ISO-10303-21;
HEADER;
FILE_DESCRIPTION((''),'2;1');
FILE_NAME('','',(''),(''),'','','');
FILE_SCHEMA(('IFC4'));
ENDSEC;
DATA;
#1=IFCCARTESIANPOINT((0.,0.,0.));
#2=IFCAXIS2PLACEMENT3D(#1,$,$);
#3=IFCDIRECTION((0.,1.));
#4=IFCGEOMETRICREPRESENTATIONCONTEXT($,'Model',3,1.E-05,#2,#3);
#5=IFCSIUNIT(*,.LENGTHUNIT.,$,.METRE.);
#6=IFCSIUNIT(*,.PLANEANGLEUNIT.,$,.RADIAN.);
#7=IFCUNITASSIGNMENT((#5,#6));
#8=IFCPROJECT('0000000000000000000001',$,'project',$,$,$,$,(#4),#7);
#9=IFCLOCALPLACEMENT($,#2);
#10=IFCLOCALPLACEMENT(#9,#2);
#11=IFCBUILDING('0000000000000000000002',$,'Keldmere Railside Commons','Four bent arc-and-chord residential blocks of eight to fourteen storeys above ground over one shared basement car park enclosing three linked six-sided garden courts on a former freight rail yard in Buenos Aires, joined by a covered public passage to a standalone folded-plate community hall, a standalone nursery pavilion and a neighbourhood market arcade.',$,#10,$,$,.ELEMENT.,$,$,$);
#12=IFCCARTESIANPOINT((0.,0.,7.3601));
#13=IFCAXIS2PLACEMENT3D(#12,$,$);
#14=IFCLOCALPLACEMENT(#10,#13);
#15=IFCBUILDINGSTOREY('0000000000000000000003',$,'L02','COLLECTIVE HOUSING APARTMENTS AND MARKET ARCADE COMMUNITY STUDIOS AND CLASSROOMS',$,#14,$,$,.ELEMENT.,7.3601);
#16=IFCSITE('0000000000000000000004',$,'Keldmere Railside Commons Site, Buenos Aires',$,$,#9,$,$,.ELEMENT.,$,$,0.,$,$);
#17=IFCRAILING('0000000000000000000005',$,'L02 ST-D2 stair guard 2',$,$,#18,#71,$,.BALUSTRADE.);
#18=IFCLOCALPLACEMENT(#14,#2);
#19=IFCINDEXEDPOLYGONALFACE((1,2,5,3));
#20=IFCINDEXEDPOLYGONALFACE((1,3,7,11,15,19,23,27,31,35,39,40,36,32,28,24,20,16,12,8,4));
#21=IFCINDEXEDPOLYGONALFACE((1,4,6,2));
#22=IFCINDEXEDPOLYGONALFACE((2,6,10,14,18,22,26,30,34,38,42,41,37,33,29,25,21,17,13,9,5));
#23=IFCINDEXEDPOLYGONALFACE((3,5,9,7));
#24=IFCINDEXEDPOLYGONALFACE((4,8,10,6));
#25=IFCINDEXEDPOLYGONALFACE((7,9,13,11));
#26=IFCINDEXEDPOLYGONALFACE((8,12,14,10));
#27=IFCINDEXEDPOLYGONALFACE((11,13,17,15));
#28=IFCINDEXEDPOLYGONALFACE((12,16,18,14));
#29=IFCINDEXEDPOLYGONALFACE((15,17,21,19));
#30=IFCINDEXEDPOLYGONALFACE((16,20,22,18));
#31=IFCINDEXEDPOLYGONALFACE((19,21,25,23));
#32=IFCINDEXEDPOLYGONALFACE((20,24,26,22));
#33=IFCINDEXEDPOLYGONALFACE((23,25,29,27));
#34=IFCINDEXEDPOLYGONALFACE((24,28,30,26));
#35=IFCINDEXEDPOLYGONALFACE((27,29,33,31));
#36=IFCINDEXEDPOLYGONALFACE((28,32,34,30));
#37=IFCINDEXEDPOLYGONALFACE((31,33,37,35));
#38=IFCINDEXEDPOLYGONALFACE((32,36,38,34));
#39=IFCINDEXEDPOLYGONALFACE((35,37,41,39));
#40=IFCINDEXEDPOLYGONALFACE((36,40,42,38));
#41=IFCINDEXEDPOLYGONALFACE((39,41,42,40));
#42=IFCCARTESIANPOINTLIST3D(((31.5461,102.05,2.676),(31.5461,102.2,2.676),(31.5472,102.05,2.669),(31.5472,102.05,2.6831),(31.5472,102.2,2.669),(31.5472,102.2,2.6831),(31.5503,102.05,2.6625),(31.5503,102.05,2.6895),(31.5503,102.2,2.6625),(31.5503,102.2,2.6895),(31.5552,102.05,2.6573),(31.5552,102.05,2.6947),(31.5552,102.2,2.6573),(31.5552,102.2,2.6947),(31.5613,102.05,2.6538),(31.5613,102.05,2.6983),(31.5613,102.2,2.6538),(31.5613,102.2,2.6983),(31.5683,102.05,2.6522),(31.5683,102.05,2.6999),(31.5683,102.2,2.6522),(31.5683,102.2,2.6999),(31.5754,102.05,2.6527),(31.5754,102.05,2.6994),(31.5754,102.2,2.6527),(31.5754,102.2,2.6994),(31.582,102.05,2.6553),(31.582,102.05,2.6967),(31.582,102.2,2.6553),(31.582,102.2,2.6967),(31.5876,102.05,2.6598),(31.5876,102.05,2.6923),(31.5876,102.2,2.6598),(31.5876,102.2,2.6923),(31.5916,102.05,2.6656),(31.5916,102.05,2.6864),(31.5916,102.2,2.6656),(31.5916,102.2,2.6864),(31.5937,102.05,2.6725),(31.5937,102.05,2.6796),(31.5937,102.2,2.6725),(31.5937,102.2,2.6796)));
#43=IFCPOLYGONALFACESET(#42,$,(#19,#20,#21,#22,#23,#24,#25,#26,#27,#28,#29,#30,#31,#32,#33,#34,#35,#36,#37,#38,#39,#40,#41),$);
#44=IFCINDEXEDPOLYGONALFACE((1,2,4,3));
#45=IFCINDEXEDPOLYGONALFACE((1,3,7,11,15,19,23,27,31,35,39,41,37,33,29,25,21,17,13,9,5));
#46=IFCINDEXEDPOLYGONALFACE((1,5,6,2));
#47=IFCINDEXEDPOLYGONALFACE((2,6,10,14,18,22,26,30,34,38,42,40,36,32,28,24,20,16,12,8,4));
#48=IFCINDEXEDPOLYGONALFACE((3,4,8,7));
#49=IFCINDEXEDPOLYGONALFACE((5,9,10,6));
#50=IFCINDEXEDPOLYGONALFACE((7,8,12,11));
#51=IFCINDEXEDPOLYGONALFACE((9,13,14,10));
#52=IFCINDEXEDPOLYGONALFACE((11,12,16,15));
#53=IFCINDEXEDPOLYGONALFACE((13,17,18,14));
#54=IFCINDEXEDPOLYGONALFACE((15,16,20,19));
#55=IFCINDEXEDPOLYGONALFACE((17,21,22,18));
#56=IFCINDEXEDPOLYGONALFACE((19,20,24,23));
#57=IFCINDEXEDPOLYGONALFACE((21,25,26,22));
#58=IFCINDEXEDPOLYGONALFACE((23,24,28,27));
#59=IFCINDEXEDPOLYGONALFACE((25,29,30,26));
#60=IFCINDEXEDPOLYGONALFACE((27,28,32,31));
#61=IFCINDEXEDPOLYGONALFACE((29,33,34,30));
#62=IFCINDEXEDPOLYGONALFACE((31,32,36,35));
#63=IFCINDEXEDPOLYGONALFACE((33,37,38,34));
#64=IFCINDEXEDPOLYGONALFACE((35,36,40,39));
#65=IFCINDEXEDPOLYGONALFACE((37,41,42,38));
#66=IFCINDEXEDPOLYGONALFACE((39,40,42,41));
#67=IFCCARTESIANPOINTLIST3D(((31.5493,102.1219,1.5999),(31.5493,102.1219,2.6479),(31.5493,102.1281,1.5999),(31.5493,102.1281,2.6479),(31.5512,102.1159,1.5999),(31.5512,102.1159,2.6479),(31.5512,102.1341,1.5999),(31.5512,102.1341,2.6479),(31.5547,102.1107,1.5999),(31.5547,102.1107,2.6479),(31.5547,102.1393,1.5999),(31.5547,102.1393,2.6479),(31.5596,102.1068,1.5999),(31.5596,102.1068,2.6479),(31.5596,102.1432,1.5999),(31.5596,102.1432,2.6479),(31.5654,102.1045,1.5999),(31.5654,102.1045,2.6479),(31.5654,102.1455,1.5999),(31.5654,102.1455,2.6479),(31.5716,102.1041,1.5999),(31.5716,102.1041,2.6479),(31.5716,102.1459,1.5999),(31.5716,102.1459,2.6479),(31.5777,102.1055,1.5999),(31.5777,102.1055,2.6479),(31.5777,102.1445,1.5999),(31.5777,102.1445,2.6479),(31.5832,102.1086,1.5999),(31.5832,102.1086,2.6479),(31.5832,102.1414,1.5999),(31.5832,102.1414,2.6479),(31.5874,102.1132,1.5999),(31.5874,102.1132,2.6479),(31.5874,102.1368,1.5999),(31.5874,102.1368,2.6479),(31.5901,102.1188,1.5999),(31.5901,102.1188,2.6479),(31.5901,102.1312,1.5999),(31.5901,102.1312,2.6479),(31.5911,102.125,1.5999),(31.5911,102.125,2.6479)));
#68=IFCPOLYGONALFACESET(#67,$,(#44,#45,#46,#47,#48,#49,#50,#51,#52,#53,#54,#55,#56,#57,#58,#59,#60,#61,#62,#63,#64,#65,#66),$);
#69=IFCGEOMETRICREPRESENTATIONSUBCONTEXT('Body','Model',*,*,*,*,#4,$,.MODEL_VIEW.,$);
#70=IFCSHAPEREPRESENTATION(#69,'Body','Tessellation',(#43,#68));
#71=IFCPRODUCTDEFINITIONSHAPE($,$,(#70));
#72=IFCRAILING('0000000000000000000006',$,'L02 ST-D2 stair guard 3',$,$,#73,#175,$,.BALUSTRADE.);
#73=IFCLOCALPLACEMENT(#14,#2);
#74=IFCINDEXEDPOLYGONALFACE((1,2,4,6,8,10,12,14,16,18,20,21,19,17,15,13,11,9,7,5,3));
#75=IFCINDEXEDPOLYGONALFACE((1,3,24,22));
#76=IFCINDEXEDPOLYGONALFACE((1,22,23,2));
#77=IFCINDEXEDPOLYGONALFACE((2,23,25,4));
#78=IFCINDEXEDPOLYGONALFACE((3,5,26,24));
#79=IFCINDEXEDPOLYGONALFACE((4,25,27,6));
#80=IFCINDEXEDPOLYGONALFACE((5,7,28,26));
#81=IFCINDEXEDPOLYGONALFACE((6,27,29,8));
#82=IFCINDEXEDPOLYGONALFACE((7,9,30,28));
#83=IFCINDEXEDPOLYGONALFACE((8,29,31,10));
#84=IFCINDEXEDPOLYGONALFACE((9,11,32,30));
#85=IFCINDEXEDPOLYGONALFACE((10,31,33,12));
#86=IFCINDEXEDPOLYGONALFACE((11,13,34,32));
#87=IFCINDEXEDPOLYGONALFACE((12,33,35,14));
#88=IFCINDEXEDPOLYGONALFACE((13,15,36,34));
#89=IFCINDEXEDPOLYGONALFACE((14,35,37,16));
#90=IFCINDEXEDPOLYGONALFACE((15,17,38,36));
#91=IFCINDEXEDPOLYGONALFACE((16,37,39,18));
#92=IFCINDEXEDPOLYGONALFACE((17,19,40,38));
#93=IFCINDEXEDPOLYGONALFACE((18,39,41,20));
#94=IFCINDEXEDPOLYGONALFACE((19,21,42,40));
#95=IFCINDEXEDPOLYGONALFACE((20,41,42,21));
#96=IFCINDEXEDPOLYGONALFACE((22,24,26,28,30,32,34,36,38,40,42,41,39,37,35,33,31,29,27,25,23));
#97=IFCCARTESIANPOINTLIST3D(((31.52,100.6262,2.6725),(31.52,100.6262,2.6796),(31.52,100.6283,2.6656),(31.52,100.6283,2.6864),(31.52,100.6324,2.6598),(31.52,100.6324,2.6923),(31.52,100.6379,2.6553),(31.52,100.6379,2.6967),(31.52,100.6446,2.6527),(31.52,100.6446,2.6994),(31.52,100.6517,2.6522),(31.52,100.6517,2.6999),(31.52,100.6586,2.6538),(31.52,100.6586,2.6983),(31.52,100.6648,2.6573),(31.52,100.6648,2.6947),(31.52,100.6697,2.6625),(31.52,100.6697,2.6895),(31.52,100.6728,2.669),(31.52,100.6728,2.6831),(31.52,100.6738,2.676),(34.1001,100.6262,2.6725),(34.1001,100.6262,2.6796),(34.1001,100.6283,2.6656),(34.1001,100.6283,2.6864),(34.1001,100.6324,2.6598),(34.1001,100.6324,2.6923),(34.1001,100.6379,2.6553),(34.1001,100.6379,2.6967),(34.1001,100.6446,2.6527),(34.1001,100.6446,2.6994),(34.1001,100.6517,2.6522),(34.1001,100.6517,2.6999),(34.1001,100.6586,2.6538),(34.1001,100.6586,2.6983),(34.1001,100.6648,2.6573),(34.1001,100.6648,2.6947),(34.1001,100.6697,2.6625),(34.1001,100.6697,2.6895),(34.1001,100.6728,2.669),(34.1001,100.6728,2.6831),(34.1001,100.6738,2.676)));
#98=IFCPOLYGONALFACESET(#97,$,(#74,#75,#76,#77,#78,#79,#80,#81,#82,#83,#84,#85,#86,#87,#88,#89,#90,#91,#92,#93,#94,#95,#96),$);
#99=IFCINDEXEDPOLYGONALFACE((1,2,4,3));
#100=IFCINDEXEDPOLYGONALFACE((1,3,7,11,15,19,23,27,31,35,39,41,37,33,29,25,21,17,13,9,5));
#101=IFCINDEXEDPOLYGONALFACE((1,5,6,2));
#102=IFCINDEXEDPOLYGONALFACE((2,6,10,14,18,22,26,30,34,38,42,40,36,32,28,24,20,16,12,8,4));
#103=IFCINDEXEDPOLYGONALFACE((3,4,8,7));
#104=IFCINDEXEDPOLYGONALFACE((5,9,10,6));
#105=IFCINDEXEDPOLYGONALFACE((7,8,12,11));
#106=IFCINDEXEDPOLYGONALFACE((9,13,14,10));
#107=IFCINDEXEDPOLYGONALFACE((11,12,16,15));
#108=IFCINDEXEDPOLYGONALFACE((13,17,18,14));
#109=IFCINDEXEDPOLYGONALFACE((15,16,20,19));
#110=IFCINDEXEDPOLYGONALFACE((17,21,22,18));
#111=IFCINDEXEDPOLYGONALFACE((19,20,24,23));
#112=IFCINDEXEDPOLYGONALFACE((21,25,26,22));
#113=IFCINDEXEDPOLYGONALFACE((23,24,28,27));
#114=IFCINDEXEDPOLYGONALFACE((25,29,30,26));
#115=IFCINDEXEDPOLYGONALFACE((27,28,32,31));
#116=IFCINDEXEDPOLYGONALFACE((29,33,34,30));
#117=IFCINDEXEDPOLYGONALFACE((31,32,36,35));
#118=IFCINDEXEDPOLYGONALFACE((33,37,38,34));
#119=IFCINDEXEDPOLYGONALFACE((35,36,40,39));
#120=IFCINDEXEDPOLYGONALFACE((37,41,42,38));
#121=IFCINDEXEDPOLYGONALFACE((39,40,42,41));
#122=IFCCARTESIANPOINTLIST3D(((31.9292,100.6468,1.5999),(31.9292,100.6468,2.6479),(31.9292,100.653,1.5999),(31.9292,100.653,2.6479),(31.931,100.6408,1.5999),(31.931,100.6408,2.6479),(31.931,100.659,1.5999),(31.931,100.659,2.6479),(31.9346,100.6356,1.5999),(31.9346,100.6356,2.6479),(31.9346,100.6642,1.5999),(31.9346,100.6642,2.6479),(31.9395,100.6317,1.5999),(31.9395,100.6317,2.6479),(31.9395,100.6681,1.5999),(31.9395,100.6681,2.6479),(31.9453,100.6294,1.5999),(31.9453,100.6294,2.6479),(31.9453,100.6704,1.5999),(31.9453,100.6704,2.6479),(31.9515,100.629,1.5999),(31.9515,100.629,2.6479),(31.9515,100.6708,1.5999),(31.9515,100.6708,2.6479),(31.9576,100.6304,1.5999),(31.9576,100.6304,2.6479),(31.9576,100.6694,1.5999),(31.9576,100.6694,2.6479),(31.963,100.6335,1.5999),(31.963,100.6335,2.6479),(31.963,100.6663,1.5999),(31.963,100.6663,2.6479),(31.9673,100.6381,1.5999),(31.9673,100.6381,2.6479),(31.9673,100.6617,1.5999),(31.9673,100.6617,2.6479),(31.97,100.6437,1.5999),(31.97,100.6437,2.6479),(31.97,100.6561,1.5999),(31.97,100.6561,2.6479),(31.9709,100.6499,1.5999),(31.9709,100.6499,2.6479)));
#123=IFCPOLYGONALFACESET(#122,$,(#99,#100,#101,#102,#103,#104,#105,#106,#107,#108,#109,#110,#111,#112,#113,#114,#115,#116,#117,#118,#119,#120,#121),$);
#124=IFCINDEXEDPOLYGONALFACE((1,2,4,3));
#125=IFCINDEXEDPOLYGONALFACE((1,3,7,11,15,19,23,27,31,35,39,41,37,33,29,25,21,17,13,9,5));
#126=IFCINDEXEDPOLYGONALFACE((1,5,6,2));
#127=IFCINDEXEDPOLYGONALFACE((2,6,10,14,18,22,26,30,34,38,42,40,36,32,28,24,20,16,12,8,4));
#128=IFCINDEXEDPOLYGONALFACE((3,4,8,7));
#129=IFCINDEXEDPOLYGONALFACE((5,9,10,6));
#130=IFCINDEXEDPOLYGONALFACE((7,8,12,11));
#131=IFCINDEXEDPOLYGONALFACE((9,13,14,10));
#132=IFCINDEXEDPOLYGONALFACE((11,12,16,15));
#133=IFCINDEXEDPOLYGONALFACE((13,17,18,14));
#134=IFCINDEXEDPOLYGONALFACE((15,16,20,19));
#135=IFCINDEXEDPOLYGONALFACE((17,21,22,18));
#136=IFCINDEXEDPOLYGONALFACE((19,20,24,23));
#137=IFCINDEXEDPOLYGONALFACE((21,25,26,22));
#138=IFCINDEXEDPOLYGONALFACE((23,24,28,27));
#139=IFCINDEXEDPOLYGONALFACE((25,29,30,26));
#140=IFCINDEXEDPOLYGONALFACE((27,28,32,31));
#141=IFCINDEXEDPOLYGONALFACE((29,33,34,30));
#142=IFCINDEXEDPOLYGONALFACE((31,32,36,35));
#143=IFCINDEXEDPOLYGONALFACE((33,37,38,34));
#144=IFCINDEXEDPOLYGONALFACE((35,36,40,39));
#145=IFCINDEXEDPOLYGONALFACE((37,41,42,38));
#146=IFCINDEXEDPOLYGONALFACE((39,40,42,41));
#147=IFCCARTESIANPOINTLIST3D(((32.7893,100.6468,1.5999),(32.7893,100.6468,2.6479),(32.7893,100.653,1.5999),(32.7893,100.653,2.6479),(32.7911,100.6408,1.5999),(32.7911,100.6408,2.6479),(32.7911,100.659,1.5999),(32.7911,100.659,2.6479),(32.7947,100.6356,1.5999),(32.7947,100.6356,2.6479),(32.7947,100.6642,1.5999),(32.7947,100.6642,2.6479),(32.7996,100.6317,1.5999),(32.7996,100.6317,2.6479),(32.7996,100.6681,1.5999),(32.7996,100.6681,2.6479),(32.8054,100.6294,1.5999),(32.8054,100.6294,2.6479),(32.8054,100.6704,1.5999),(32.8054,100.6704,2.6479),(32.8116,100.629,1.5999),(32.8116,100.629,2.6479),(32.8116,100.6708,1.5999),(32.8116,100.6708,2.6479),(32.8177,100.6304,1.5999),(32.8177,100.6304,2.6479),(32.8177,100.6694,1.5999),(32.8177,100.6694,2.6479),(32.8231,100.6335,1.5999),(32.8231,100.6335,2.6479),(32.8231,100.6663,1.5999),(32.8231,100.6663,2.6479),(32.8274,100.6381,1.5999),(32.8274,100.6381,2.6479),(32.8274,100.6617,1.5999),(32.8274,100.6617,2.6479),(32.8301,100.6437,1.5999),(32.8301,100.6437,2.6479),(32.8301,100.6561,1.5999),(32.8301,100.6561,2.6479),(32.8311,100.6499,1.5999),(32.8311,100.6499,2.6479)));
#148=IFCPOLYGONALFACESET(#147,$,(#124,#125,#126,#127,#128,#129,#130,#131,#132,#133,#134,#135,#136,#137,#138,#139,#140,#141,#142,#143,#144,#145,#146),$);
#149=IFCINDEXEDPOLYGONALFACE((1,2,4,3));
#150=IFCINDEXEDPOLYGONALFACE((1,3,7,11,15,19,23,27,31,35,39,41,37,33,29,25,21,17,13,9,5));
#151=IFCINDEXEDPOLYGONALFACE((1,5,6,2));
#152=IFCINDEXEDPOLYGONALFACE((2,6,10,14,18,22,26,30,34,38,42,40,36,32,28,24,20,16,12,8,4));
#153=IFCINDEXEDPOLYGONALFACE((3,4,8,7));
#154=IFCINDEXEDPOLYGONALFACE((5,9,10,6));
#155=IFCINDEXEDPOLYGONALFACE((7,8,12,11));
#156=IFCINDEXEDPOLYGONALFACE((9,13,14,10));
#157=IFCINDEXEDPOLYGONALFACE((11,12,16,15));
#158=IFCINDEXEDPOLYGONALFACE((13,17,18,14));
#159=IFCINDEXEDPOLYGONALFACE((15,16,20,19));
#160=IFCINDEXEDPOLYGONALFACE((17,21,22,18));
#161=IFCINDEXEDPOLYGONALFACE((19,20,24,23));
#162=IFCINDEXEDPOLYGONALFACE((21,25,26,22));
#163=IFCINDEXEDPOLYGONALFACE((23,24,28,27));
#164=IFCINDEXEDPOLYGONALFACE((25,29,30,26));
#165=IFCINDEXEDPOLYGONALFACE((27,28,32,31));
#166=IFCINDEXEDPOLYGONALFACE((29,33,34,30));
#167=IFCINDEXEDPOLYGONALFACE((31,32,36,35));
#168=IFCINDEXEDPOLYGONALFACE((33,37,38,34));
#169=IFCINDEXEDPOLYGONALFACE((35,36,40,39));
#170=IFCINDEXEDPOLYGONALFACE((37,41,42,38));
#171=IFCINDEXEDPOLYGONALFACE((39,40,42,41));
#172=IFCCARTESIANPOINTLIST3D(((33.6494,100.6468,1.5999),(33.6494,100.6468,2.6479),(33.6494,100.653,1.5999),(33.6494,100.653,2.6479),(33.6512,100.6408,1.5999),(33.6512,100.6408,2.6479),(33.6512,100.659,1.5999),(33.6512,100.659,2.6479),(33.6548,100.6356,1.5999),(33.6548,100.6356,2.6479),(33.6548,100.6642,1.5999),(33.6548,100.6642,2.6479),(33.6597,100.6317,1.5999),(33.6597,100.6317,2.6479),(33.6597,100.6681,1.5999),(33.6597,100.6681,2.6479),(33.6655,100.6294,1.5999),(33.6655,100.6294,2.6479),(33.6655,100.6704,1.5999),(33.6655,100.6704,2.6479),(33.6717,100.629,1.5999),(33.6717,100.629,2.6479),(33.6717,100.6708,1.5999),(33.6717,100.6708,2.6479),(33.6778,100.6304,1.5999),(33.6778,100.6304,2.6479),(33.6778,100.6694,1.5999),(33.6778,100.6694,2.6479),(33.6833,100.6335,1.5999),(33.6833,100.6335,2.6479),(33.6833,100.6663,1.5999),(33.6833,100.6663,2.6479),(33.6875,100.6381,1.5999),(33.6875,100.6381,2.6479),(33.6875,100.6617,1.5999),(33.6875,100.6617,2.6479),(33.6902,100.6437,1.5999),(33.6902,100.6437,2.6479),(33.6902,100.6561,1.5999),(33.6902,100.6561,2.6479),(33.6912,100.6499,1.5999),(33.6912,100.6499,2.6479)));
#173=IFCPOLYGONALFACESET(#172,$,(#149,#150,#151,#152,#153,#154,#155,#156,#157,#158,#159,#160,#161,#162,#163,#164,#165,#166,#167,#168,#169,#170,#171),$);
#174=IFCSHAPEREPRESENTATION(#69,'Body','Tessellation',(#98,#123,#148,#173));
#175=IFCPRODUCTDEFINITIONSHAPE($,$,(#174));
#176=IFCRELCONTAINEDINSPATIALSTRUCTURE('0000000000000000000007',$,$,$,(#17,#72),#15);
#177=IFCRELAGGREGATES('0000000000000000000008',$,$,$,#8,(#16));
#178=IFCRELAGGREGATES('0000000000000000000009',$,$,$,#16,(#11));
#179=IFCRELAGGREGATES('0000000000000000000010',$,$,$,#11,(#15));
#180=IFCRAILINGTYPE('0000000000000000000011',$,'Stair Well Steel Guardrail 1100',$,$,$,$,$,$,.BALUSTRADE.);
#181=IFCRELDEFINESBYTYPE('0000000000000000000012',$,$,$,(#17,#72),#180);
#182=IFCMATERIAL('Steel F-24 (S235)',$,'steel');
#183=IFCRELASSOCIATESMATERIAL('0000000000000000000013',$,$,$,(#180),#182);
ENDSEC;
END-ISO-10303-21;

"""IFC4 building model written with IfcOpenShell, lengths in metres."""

from ifc_helpers import new_model, si_unit, direction, frame, origin, origin_2d, place, context, subcontext, project, spatial, circle, extrude, material, type_object, element, save


model = new_model("IFC4")

# Units and contexts
model_context = context("Model", 3, precision=1e-05, world=origin(), true_north=direction((0.0, 1.0)))
body_context = subcontext(model_context, "Body", "Model", "MODEL_VIEW")
ifc_project = project(units=[si_unit("LENGTHUNIT", "METRE"), si_unit("PLANEANGLEUNIT", "RADIAN")], contexts=[model_context])

# Site, building, storey
site_placement = place(None, origin())
site = spatial("IfcSite", under=ifc_project, at=site_placement, Name="Keldmere Railside Commons Site, Buenos Aires", CompositionType="ELEMENT", RefElevation=0.0)
building_placement = place(site_placement, origin())
building = spatial("IfcBuilding", under=site, at=building_placement, Name="Keldmere Railside Commons", Description="Four bent arc-and-chord residential blocks of eight to fourteen storeys above ground over one shared basement car park enclosing three linked six-sided garden courts on a former freight rail yard in Buenos Aires, joined by a covered public passage to a standalone folded-plate community hall, a standalone nursery pavilion and a neighbourhood market arcade.", CompositionType="ELEMENT")
storey_placement = place(building_placement, frame((0.0, 0.0, 7.3601)))
storey = spatial("IfcBuildingStorey", under=building, at=storey_placement, Name="L02", Description="COLLECTIVE HOUSING APARTMENTS AND MARKET ARCADE COMMUNITY STUDIOS AND CLASSROOMS", CompositionType="ELEMENT", Elevation=7.3601)

# Shared definitions
ifc_material_1 = material(Name="Steel F-24 (S235)", Category="steel")

# Railings
railing_type_1 = type_object("IfcRailingType", Name="Stair Well Steel Guardrail 1100", PredefinedType="BALUSTRADE", material=ifc_material_1)
railing_1_placement = place(storey_placement, frame((31.5701, 102.05, 1.5999)))
element("IfcRailing", 1, at=railing_1_placement, inside=storey, type_object=railing_type_1, Name="L02 ST-D2 stair guard 2", PredefinedType="BALUSTRADE", context=body_context, shape_type="SweptSolid", body=[
    extrude(circle(Radius=0.0239, at=origin_2d()), frame((0.0, 0.0, 1.0762), z_axis=(0.0, 1.0, 0.0), x_axis=(-1.0, 0.0, 0.0)), (0.0, 0.0, 1.0), 0.1499),
    extrude(circle(Radius=0.021, at=origin_2d()), frame((0.0, 0.075, 0.0)), (0.0, 0.0, 1.0), 1.0481),
])
for number, where, name in (
    (2, (31.52, 100.6499, 1.5999), "L02 ST-D2 stair guard 3"),
):
    element("IfcRailing", number, at=place(storey_placement, frame(where)), inside=storey, type_object=railing_type_1, Name=name, PredefinedType="BALUSTRADE", context=body_context, shape_type="SweptSolid", body=[
        extrude(circle(Radius=0.0239, at=origin_2d()), frame((0.0, 0.0, 1.0762), z_axis=(1.0, 0.0, 0.0), x_axis=(0.0, 1.0, 0.0)), (0.0, 0.0, 1.0), 2.5801),
        extrude(circle(Radius=0.021, at=origin_2d()), frame((0.4299, 0.0, 0.0)), (0.0, 0.0, 1.0), 1.0481),
        extrude(circle(Radius=0.021, at=origin_2d()), frame((1.29, 0.0, 0.0)), (0.0, 0.0, 1.0), 1.0481),
        extrude(circle(Radius=0.021, at=origin_2d()), frame((2.1501, 0.0, 0.0)), (0.0, 0.0, 1.0), 1.0481),
    ])

save(model, "model.ifc")
